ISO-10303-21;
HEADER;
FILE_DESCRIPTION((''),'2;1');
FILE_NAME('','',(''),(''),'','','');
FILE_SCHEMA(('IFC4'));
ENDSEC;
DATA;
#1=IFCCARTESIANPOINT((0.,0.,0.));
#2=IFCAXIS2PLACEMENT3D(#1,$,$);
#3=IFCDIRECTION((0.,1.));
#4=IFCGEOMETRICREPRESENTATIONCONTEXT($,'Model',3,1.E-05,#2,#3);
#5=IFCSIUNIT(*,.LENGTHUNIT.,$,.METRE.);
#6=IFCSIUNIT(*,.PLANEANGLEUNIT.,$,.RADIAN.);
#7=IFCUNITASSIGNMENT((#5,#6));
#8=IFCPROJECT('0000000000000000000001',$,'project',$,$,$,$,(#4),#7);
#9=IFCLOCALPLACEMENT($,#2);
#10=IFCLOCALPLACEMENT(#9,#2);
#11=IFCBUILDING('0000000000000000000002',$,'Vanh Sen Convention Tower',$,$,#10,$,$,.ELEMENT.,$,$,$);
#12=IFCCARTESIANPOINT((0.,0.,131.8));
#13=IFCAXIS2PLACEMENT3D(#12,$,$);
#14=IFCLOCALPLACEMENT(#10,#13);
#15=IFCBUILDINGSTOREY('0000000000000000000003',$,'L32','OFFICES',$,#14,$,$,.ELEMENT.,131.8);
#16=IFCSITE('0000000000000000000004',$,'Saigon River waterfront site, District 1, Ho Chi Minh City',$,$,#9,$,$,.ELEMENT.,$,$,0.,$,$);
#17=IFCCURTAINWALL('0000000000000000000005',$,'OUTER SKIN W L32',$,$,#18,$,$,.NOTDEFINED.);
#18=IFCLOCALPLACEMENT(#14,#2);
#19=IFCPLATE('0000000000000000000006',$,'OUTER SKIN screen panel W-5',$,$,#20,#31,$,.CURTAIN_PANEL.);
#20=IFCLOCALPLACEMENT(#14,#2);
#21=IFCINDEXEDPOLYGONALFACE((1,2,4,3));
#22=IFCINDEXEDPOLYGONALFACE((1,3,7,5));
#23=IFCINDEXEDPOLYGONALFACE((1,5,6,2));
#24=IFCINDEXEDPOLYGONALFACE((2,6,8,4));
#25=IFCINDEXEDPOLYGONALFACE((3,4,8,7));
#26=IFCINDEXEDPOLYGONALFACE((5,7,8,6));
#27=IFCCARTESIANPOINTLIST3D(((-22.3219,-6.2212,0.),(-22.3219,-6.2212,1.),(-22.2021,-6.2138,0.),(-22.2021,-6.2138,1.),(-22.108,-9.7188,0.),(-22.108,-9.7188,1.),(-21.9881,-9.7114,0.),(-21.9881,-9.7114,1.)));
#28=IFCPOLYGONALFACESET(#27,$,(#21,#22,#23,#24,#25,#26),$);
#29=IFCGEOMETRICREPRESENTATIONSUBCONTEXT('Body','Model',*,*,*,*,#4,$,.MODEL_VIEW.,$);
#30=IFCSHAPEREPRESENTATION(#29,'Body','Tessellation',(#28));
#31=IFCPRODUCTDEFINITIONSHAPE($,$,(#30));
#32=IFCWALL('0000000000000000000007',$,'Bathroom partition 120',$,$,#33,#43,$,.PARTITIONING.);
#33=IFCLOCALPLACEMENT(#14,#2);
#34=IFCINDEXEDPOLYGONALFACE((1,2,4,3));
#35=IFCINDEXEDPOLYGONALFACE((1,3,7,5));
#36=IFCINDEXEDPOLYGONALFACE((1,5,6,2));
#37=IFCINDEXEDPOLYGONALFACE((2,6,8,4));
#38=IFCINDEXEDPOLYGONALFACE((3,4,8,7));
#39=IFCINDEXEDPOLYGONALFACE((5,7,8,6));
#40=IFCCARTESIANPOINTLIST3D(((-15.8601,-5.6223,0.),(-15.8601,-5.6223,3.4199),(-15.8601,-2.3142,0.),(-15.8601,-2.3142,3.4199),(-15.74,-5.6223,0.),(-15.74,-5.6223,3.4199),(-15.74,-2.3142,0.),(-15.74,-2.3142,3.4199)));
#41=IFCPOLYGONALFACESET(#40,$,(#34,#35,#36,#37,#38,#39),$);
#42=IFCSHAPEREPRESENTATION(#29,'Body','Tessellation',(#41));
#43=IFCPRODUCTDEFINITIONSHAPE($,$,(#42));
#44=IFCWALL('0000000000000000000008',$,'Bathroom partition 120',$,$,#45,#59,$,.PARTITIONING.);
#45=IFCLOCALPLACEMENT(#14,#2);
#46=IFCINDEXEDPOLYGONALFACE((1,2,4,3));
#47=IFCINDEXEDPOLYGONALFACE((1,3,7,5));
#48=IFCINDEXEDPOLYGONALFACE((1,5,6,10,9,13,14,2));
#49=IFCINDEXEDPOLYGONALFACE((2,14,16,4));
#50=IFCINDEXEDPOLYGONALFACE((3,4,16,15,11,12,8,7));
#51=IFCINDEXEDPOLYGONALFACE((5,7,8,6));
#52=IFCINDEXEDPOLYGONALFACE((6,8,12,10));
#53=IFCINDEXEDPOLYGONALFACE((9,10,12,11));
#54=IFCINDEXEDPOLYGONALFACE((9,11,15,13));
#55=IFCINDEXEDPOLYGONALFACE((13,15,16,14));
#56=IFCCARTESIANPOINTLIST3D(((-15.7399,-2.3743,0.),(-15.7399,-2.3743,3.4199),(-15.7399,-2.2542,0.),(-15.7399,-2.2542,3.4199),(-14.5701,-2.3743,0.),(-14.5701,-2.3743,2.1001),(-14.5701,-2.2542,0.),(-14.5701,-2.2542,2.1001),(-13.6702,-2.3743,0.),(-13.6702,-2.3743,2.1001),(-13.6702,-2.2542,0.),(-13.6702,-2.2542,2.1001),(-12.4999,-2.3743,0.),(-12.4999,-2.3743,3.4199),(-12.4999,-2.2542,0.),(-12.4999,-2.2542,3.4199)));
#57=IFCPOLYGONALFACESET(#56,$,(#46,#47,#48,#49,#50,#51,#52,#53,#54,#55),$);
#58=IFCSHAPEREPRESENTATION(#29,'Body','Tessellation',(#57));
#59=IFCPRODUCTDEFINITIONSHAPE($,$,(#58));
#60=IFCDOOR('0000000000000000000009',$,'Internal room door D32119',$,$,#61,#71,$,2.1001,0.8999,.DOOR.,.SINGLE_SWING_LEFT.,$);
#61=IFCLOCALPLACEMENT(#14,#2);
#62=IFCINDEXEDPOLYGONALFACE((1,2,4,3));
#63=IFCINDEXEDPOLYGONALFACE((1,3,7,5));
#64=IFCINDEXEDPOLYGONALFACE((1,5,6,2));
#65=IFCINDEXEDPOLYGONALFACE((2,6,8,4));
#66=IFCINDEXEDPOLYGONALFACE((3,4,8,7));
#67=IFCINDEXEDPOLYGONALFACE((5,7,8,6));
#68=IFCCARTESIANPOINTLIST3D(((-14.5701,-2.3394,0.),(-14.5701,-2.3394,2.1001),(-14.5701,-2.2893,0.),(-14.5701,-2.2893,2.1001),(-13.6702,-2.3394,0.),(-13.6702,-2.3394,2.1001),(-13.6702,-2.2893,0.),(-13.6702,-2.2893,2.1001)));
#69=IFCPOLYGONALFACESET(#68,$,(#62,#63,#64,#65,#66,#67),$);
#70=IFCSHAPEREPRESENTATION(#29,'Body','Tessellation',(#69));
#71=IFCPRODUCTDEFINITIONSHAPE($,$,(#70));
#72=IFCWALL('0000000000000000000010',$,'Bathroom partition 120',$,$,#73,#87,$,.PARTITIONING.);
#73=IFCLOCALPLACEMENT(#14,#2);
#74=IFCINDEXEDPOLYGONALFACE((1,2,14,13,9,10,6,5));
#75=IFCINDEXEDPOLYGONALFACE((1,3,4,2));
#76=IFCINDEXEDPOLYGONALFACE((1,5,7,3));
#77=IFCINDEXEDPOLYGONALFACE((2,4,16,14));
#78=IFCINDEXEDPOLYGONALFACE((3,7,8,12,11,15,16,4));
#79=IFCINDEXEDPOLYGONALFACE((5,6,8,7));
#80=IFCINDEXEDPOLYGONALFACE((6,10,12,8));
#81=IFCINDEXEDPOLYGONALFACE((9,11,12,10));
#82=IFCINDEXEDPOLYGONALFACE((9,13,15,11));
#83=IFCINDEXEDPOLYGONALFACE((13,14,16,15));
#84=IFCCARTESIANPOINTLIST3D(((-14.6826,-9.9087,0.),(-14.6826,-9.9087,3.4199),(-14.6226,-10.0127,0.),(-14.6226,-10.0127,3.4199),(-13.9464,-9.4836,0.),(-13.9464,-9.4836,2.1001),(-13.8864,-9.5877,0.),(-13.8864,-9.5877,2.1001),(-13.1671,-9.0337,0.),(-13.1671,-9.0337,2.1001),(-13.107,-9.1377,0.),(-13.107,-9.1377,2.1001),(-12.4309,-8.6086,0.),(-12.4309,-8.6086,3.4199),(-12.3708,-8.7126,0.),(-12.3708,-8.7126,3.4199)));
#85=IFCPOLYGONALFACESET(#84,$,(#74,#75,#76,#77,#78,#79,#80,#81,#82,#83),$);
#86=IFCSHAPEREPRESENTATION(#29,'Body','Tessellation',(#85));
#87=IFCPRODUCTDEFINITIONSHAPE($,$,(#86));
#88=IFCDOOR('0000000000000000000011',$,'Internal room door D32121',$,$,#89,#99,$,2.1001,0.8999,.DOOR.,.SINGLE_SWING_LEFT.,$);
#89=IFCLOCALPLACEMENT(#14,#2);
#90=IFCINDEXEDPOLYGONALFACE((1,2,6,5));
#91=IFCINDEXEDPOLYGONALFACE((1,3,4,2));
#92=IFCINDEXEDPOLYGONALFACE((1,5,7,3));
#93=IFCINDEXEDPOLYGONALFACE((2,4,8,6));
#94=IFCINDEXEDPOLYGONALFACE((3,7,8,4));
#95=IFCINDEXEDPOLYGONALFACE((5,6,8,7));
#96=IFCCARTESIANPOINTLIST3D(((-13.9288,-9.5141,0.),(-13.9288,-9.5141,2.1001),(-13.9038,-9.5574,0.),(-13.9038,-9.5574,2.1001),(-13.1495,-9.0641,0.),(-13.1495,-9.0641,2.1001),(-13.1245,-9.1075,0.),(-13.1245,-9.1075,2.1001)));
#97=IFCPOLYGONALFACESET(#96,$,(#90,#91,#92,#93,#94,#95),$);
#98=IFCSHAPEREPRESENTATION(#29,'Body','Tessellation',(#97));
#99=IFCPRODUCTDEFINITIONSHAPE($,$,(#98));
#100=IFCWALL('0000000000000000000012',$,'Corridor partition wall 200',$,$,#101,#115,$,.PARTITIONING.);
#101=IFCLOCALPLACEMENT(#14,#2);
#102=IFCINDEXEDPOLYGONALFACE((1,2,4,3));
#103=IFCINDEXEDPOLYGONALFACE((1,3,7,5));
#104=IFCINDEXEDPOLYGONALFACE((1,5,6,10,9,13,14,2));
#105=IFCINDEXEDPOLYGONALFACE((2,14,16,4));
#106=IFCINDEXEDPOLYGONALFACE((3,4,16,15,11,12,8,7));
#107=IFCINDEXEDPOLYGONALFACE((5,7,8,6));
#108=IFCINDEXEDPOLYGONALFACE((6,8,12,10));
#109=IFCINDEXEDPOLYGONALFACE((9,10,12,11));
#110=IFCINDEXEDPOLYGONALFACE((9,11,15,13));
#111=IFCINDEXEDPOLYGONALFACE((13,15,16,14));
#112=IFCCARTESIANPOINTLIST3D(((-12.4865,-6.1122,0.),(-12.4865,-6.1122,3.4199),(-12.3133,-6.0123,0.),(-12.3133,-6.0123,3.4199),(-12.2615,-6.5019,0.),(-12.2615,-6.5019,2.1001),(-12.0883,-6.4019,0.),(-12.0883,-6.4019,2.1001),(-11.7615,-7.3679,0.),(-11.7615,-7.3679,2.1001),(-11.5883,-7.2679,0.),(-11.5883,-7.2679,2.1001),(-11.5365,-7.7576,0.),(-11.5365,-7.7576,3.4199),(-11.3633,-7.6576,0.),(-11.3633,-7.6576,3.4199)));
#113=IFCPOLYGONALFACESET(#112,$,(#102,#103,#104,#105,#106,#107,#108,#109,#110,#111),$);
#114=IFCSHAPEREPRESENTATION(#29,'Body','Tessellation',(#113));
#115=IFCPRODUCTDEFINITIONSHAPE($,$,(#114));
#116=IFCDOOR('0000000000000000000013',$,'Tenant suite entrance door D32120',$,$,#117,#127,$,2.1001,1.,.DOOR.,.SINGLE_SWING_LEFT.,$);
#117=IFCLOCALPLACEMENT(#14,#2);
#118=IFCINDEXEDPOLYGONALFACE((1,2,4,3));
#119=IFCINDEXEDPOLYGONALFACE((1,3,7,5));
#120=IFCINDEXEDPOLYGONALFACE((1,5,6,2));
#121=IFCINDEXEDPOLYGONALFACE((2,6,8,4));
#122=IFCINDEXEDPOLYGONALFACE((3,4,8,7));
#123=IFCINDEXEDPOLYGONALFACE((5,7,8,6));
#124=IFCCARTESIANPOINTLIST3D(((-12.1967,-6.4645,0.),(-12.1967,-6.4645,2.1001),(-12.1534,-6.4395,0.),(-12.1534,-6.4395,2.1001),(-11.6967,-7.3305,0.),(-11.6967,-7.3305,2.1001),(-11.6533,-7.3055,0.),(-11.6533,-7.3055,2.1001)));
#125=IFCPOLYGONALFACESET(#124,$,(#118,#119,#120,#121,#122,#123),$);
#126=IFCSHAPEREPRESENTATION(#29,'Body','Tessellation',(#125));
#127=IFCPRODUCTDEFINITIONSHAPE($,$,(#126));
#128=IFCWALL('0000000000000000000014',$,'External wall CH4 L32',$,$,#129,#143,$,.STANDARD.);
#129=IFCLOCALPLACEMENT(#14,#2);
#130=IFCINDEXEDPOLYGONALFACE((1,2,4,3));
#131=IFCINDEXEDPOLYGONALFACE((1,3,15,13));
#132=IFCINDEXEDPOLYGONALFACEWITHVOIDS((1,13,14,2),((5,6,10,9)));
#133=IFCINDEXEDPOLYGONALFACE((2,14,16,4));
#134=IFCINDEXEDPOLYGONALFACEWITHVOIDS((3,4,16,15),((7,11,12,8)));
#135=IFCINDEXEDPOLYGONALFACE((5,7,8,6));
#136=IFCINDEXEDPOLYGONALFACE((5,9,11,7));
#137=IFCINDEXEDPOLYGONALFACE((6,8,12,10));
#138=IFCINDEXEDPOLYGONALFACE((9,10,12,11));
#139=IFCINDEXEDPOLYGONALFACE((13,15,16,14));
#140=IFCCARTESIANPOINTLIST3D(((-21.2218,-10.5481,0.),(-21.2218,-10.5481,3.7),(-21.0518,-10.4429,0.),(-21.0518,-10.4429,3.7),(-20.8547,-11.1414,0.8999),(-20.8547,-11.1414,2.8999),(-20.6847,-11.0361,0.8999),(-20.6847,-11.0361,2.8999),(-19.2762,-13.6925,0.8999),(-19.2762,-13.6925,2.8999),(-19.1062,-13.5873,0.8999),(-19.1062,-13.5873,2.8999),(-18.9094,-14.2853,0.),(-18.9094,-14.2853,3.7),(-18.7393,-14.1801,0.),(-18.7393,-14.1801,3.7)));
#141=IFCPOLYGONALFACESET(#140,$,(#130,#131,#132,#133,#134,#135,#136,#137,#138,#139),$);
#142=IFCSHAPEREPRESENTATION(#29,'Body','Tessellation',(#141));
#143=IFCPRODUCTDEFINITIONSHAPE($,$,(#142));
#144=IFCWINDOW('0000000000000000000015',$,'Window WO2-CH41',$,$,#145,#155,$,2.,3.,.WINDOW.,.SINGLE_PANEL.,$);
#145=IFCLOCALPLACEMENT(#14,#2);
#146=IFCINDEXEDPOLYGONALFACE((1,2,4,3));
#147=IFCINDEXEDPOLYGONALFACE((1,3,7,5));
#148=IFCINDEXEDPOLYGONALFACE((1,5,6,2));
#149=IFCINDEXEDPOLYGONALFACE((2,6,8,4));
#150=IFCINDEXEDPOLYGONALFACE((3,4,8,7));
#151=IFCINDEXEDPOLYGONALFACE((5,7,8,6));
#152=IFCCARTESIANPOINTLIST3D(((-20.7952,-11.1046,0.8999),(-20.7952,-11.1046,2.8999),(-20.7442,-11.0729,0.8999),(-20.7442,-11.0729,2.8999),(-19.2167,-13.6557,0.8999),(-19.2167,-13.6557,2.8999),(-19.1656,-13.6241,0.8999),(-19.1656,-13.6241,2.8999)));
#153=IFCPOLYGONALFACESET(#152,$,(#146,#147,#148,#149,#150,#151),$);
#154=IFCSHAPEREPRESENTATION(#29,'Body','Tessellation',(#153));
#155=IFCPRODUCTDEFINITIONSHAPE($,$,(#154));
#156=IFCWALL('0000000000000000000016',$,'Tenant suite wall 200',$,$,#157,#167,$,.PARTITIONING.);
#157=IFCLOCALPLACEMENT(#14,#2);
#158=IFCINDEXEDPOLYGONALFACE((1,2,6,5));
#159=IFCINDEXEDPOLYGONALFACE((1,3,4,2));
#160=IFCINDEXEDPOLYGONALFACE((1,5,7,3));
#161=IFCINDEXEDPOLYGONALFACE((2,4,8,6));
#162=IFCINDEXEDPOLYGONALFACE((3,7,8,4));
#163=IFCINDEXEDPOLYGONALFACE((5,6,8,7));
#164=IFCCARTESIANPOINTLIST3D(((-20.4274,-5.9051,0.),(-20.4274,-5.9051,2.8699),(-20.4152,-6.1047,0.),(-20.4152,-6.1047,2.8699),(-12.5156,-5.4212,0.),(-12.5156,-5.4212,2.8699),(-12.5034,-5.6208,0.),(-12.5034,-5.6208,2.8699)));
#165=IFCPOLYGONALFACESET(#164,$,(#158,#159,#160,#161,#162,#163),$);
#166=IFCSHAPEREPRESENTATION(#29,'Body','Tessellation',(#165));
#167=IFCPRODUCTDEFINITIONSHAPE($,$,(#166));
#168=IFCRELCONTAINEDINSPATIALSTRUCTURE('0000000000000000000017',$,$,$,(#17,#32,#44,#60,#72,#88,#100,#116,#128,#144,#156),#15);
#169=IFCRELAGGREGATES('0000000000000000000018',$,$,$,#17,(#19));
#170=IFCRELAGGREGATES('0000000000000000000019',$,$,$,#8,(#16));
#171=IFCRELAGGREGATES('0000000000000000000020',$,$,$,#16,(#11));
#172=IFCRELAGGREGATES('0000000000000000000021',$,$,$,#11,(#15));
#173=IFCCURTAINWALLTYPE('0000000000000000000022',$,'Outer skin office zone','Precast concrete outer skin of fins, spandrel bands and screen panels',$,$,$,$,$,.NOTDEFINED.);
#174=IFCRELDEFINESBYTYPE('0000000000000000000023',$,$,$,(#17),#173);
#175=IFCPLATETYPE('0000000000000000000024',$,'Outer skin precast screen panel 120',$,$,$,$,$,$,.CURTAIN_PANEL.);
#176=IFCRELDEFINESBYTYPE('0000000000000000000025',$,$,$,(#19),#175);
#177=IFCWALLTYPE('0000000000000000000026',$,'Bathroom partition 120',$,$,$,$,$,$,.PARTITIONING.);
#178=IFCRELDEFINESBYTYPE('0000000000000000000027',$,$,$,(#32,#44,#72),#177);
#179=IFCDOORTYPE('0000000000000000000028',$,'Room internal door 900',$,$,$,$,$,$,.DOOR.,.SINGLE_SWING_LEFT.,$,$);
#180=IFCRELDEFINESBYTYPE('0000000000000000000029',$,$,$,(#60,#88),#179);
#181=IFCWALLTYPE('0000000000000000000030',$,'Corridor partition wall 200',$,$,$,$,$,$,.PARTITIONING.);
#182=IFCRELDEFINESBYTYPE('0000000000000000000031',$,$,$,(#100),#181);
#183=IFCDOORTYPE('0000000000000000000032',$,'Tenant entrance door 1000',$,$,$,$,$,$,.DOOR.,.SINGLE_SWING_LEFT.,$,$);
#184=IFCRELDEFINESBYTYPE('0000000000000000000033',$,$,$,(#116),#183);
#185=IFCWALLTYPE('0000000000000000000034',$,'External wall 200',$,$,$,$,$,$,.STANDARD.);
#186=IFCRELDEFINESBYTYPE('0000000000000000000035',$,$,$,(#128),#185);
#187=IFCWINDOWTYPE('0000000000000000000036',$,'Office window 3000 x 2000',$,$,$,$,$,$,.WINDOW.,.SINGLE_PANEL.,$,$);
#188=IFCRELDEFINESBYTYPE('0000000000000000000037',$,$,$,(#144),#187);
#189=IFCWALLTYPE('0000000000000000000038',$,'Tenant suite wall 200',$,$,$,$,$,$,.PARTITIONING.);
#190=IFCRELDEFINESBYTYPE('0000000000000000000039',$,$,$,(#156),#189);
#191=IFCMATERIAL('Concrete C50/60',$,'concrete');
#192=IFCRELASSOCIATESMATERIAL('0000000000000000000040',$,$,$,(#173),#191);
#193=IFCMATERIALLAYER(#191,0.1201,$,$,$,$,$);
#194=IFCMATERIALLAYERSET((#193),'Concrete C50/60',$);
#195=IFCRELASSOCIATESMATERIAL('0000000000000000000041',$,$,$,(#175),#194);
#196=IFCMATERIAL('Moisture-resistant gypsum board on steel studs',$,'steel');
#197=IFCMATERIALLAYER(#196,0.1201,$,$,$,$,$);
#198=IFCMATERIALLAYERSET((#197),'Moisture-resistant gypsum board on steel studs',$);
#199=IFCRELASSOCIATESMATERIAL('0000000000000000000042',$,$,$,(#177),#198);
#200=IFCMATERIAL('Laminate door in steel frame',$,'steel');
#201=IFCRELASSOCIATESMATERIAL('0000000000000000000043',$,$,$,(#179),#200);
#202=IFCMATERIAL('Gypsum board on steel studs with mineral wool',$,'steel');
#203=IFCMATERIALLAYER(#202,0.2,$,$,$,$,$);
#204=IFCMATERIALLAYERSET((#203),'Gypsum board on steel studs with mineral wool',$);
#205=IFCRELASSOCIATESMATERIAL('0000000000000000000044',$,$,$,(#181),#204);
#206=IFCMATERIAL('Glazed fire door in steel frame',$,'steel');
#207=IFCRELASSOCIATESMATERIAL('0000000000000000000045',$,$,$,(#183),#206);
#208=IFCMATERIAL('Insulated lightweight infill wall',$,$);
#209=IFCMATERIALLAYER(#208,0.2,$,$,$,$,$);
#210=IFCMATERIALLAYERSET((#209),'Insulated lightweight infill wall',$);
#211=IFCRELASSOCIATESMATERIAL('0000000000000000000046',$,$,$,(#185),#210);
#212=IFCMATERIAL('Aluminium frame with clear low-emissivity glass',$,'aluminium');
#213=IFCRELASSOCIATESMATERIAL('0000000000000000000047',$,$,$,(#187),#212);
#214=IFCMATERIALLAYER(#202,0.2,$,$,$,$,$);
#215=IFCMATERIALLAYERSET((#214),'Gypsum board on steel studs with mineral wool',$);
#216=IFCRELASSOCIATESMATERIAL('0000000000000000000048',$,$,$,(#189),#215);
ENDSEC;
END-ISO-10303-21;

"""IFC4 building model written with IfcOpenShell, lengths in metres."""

from ifc_helpers import new_model, si_unit, direction, frame, frame_2d, origin, origin_2d, place, context, subcontext, project, spatial, rectangle, extrude, material, layer, layer_set, type_object, element, fill, aggregate, save


model = new_model("IFC4")

# Units and contexts
model_context = context("Model", 3, precision=1e-05, world=origin(), true_north=direction((0.0, 1.0)))
body_context = subcontext(model_context, "Body", "Model", "MODEL_VIEW")
ifc_project = project(units=[si_unit("LENGTHUNIT", "METRE"), si_unit("PLANEANGLEUNIT", "RADIAN")], contexts=[model_context])

# Site, building, storey
site_placement = place(None, origin())
site = spatial("IfcSite", under=ifc_project, at=site_placement, Name="Saigon River waterfront site, District 1, Ho Chi Minh City", CompositionType="ELEMENT", RefElevation=0.0)
building_placement = place(site_placement, origin())
building = spatial("IfcBuilding", under=site, at=building_placement, Name="Vanh Sen Convention Tower", CompositionType="ELEMENT")
storey_placement = place(building_placement, frame((0.0, 0.0, 131.8)))
storey = spatial("IfcBuildingStorey", under=building, at=storey_placement, Name="L32", Description="OFFICES", CompositionType="ELEMENT", Elevation=131.8)

# Curtain wall
ifc_material_1 = material(Name="Concrete C50/60", Category="concrete")
curtain_wall_type = type_object("IfcCurtainWallType", Name="Outer skin office zone", Description="Precast concrete outer skin of fins, spandrel bands and screen panels", PredefinedType="NOTDEFINED", material=ifc_material_1)
curtain_wall_1_placement = place(storey_placement, origin())
curtain_wall_1 = element("IfcCurtainWall", 1, at=curtain_wall_1_placement, inside=storey, type_object=curtain_wall_type, Name="OUTER SKIN W L32", PredefinedType="NOTDEFINED")

# Plate
ifc_layer_1 = layer(ifc_material_1, 0.1201)
ifc_layer_set_1 = layer_set([ifc_layer_1], Name="Concrete C50/60")
plate_type = type_object("IfcPlateType", Name="Outer skin precast screen panel 120", PredefinedType="CURTAIN_PANEL", material=ifc_layer_set_1)
plate_1_placement = place(storey_placement, frame((-22.155, -7.9663, 0.0), z_axis=(0.0, 0.0, 1.0), x_axis=(0.061054, -0.998134, 0.0)))
plate_1 = element("IfcPlate", 2, at=plate_1_placement, type_object=plate_type, Name="OUTER SKIN screen panel W-5", PredefinedType="CURTAIN_PANEL", context=body_context, shape_type="SweptSolid", body=[
    extrude(rectangle(XDim=3.5042, YDim=0.1201, at=origin_2d()), origin(), (0.0, 0.0, 1.0), 1.0),
])
aggregate(curtain_wall_1, [plate_1])

# Wall
ifc_material_2 = material(Name="Moisture-resistant gypsum board on steel studs", Category="steel")
ifc_layer_2 = layer(ifc_material_2, 0.1201)
ifc_layer_set_2 = layer_set([ifc_layer_2], Name="Moisture-resistant gypsum board on steel studs")
wall_type_1 = type_object("IfcWallType", Name="Bathroom partition 120", PredefinedType="PARTITIONING", material=ifc_layer_set_2)
wall_1_placement = place(storey_placement, frame((-15.8, -5.6223, 0.0), z_axis=(0.0, 0.0, 1.0), x_axis=(0.0, 1.0, 0.0)))
element("IfcWall", 3, at=wall_1_placement, inside=storey, type_object=wall_type_1, Name="Bathroom partition 120", PredefinedType="PARTITIONING", context=body_context, shape_type="SweptSolid", body=[
    extrude(rectangle(XDim=3.3081, YDim=0.1201, at=frame_2d((1.6541, 0.0))), origin(), (0.0, 0.0, 1.0), 3.4199),
])

# Walls, openings, doors
wall_2_placement = place(storey_placement, frame((-15.74, -2.3142, 0.0), z_axis=(0.0, 0.0, 1.0), x_axis=(1.0, 0.0, 0.0)))
wall_2 = element("IfcWall", 4, at=wall_2_placement, inside=storey, type_object=wall_type_1, Name="Bathroom partition 120", PredefinedType="PARTITIONING", context=body_context, shape_type="SweptSolid", body=[
    extrude(rectangle(XDim=3.24, YDim=0.1201, at=frame_2d((1.6201, 0.0))), origin(), (0.0, 0.0, 1.0), 3.4199),
])
opening_1_placement = place(wall_2_placement, frame((1.1699, 0.0, 0.0)))
opening_1 = element("IfcOpeningElement", 5, at=opening_1_placement, cuts=wall_2, PredefinedType="OPENING", context=body_context, shape_type="SweptSolid", body=[
    extrude(rectangle(XDim=0.8999, YDim=2.1001, at=frame_2d((0.45, 1.05))), frame((0.0, 0.0701, 0.0), z_axis=(0.0, -1.0, 0.0), x_axis=(1.0, 0.0, 0.0)), (0.0, 0.0, 1.0), 0.1401),
])
ifc_material_3 = material(Name="Laminate door in steel frame", Category="steel")
door_type_1 = type_object("IfcDoorType", Name="Room internal door 900", OperationType="SINGLE_SWING_LEFT", PredefinedType="DOOR", material=ifc_material_3)
door_1_placement = place(opening_1_placement, origin())
door_1 = element("IfcDoor", 6, at=door_1_placement, inside=storey, type_object=door_type_1, Name="Internal room door D32119", OperationType="SINGLE_SWING_LEFT", OverallHeight=2.1001, OverallWidth=0.8999, PredefinedType="DOOR", context=body_context, shape_type="SweptSolid", body=[
    extrude(rectangle(XDim=0.8999, YDim=2.1001, at=frame_2d((0.45, 1.05))), frame((0.0, 0.0249, 0.0), z_axis=(0.0, -1.0, 0.0), x_axis=(1.0, 0.0, 0.0)), (0.0, 0.0, 1.0), 0.05),
])
fill(opening_1, door_1)
wall_3_placement = place(storey_placement, frame((-14.6526, -9.9607, 0.0), z_axis=(0.0, 0.0, 1.0), x_axis=(0.866021, 0.500007, 0.0)))
wall_3 = element("IfcWall", 7, at=wall_3_placement, inside=storey, type_object=wall_type_1, Name="Bathroom partition 120", PredefinedType="PARTITIONING", context=body_context, shape_type="SweptSolid", body=[
    extrude(rectangle(XDim=2.6001, YDim=0.1201, at=frame_2d((1.3, 0.0))), origin(), (0.0, 0.0, 1.0), 3.4199),
])
opening_2_placement = place(wall_3_placement, frame((0.8501, 0.0, 0.0)))
opening_2 = element("IfcOpeningElement", 8, at=opening_2_placement, cuts=wall_3, PredefinedType="OPENING", context=body_context, shape_type="SweptSolid", body=[
    extrude(rectangle(XDim=0.8999, YDim=2.1001, at=frame_2d((0.45, 1.05))), frame((0.0, 0.0701, 0.0), z_axis=(0.0, -1.0, 0.0), x_axis=(1.0, 0.0, 0.0)), (0.0, 0.0, 1.0), 0.1401),
])
door_2_placement = place(opening_2_placement, origin())
door_2 = element("IfcDoor", 9, at=door_2_placement, inside=storey, type_object=door_type_1, Name="Internal room door D32121", OperationType="SINGLE_SWING_LEFT", OverallHeight=2.1001, OverallWidth=0.8999, PredefinedType="DOOR", context=body_context, shape_type="SweptSolid", body=[
    extrude(rectangle(XDim=0.8999, YDim=2.1001, at=frame_2d((0.45, 1.05))), frame((0.0, 0.0249, 0.0), z_axis=(0.0, -1.0, 0.0), x_axis=(1.0, 0.0, 0.0)), (0.0, 0.0, 1.0), 0.05),
])
fill(opening_2, door_2)
ifc_material_4 = material(Name="Gypsum board on steel studs with mineral wool", Category="steel")
ifc_layer_3 = layer(ifc_material_4, 0.2)
ifc_layer_set_3 = layer_set([ifc_layer_3], Name="Gypsum board on steel studs with mineral wool")
wall_type_2 = type_object("IfcWallType", Name="Corridor partition wall 200", PredefinedType="PARTITIONING", material=ifc_layer_set_3)
wall_4_placement = place(storey_placement, frame((-12.3999, -6.0623, 0.0), z_axis=(0.0, 0.0, 1.0), x_axis=(0.500023, -0.866012, 0.0)))
wall_4 = element("IfcWall", 10, at=wall_4_placement, inside=storey, type_object=wall_type_2, Name="Corridor partition wall 200", PredefinedType="PARTITIONING", context=body_context, shape_type="SweptSolid", body=[
    extrude(rectangle(XDim=1.8999, YDim=0.2, at=frame_2d((0.95, 0.0))), origin(), (0.0, 0.0, 1.0), 3.4199),
])
opening_3_placement = place(wall_4_placement, frame((0.45, 0.0, 0.0)))
opening_3 = element("IfcOpeningElement", 11, at=opening_3_placement, cuts=wall_4, PredefinedType="OPENING", context=body_context, shape_type="SweptSolid", body=[
    extrude(rectangle(XDim=1.0, YDim=2.1001, at=frame_2d((0.5, 1.05))), frame((0.0, 0.1099, 0.0), z_axis=(0.0, -1.0, 0.0), x_axis=(1.0, 0.0, 0.0)), (0.0, 0.0, 1.0), 0.22),
])
ifc_material_5 = material(Name="Glazed fire door in steel frame", Category="steel")
door_type_2 = type_object("IfcDoorType", Name="Tenant entrance door 1000", OperationType="SINGLE_SWING_LEFT", PredefinedType="DOOR", material=ifc_material_5)
door_3_placement = place(opening_3_placement, origin())
door_3 = element("IfcDoor", 12, at=door_3_placement, inside=storey, type_object=door_type_2, Name="Tenant suite entrance door D32120", OperationType="SINGLE_SWING_LEFT", OverallHeight=2.1001, OverallWidth=1.0, PredefinedType="DOOR", context=body_context, shape_type="SweptSolid", body=[
    extrude(rectangle(XDim=1.0, YDim=2.1001, at=frame_2d((0.5, 1.05))), frame((0.0, 0.0249, 0.0), z_axis=(0.0, -1.0, 0.0), x_axis=(1.0, 0.0, 0.0)), (0.0, 0.0, 1.0), 0.05),
])
fill(opening_3, door_3)

# Wall, opening, window
ifc_material_6 = material(Name="Insulated lightweight infill wall")
ifc_layer_4 = layer(ifc_material_6, 0.2)
ifc_layer_set_4 = layer_set([ifc_layer_4], Name="Insulated lightweight infill wall")
wall_type_3 = type_object("IfcWallType", Name="External wall 200", PredefinedType="STANDARD", material=ifc_layer_set_4)
wall_5_placement = place(storey_placement, frame((-21.1367, -10.4956, 0.0), z_axis=(0.0, 0.0, 1.0), x_axis=(0.526179, -0.850374, 0.0)))
wall_5 = element("IfcWall", 13, at=wall_5_placement, inside=storey, type_object=wall_type_3, Name="External wall CH4 L32", PredefinedType="STANDARD", context=body_context, shape_type="SweptSolid", body=[
    extrude(rectangle(XDim=4.3948, YDim=0.2, at=frame_2d((2.1973, 0.0))), origin(), (0.0, 0.0, 1.0), 3.7),
])
opening_4_placement = place(wall_5_placement, frame((0.6975, 0.0, 0.8999)))
opening_4 = element("IfcOpeningElement", 14, at=opening_4_placement, cuts=wall_5, PredefinedType="OPENING", context=body_context, shape_type="SweptSolid", body=[
    extrude(rectangle(XDim=3.0, YDim=2.0, at=frame_2d((1.5, 1.0))), frame((0.0, 0.1099, 0.0), z_axis=(0.0, -1.0, 0.0), x_axis=(1.0, 0.0, 0.0)), (0.0, 0.0, 1.0), 0.22),
])
ifc_material_7 = material(Name="Aluminium frame with clear low-emissivity glass", Category="aluminium")
window_type = type_object("IfcWindowType", Name="Office window 3000 x 2000", PartitioningType="SINGLE_PANEL", PredefinedType="WINDOW", material=ifc_material_7)
window_placement = place(opening_4_placement, origin())
window = element("IfcWindow", 15, at=window_placement, inside=storey, type_object=window_type, Name="Window WO2-CH41", OverallHeight=2.0, OverallWidth=3.0, PartitioningType="SINGLE_PANEL", PredefinedType="WINDOW", context=body_context, shape_type="SweptSolid", body=[
    extrude(rectangle(XDim=3.0, YDim=2.0, at=frame_2d((1.5, 1.0))), frame((0.0, 0.03, 0.0), z_axis=(0.0, -1.0, 0.0), x_axis=(1.0, 0.0, 0.0)), (0.0, 0.0, 1.0), 0.0601),
])
fill(opening_4, window)

# Wall
ifc_layer_5 = layer(ifc_material_4, 0.2)
ifc_layer_set_5 = layer_set([ifc_layer_5], Name="Gypsum board on steel studs with mineral wool")
wall_type_4 = type_object("IfcWallType", Name="Tenant suite wall 200", PredefinedType="PARTITIONING", material=ifc_layer_set_5)
wall_6_placement = place(storey_placement, frame((-20.4214, -6.0049, 0.0), z_axis=(0.0, 0.0, 1.0), x_axis=(0.998135, 0.061047, 0.0)))
element("IfcWall", 16, at=wall_6_placement, inside=storey, type_object=wall_type_4, Name="Tenant suite wall 200", PredefinedType="PARTITIONING", context=body_context, shape_type="SweptSolid", body=[
    extrude(rectangle(XDim=7.9265, YDim=0.2, at=frame_2d((3.9634, 0.0))), origin(), (0.0, 0.0, 1.0), 2.8699),
])

save(model, "model.ifc")
